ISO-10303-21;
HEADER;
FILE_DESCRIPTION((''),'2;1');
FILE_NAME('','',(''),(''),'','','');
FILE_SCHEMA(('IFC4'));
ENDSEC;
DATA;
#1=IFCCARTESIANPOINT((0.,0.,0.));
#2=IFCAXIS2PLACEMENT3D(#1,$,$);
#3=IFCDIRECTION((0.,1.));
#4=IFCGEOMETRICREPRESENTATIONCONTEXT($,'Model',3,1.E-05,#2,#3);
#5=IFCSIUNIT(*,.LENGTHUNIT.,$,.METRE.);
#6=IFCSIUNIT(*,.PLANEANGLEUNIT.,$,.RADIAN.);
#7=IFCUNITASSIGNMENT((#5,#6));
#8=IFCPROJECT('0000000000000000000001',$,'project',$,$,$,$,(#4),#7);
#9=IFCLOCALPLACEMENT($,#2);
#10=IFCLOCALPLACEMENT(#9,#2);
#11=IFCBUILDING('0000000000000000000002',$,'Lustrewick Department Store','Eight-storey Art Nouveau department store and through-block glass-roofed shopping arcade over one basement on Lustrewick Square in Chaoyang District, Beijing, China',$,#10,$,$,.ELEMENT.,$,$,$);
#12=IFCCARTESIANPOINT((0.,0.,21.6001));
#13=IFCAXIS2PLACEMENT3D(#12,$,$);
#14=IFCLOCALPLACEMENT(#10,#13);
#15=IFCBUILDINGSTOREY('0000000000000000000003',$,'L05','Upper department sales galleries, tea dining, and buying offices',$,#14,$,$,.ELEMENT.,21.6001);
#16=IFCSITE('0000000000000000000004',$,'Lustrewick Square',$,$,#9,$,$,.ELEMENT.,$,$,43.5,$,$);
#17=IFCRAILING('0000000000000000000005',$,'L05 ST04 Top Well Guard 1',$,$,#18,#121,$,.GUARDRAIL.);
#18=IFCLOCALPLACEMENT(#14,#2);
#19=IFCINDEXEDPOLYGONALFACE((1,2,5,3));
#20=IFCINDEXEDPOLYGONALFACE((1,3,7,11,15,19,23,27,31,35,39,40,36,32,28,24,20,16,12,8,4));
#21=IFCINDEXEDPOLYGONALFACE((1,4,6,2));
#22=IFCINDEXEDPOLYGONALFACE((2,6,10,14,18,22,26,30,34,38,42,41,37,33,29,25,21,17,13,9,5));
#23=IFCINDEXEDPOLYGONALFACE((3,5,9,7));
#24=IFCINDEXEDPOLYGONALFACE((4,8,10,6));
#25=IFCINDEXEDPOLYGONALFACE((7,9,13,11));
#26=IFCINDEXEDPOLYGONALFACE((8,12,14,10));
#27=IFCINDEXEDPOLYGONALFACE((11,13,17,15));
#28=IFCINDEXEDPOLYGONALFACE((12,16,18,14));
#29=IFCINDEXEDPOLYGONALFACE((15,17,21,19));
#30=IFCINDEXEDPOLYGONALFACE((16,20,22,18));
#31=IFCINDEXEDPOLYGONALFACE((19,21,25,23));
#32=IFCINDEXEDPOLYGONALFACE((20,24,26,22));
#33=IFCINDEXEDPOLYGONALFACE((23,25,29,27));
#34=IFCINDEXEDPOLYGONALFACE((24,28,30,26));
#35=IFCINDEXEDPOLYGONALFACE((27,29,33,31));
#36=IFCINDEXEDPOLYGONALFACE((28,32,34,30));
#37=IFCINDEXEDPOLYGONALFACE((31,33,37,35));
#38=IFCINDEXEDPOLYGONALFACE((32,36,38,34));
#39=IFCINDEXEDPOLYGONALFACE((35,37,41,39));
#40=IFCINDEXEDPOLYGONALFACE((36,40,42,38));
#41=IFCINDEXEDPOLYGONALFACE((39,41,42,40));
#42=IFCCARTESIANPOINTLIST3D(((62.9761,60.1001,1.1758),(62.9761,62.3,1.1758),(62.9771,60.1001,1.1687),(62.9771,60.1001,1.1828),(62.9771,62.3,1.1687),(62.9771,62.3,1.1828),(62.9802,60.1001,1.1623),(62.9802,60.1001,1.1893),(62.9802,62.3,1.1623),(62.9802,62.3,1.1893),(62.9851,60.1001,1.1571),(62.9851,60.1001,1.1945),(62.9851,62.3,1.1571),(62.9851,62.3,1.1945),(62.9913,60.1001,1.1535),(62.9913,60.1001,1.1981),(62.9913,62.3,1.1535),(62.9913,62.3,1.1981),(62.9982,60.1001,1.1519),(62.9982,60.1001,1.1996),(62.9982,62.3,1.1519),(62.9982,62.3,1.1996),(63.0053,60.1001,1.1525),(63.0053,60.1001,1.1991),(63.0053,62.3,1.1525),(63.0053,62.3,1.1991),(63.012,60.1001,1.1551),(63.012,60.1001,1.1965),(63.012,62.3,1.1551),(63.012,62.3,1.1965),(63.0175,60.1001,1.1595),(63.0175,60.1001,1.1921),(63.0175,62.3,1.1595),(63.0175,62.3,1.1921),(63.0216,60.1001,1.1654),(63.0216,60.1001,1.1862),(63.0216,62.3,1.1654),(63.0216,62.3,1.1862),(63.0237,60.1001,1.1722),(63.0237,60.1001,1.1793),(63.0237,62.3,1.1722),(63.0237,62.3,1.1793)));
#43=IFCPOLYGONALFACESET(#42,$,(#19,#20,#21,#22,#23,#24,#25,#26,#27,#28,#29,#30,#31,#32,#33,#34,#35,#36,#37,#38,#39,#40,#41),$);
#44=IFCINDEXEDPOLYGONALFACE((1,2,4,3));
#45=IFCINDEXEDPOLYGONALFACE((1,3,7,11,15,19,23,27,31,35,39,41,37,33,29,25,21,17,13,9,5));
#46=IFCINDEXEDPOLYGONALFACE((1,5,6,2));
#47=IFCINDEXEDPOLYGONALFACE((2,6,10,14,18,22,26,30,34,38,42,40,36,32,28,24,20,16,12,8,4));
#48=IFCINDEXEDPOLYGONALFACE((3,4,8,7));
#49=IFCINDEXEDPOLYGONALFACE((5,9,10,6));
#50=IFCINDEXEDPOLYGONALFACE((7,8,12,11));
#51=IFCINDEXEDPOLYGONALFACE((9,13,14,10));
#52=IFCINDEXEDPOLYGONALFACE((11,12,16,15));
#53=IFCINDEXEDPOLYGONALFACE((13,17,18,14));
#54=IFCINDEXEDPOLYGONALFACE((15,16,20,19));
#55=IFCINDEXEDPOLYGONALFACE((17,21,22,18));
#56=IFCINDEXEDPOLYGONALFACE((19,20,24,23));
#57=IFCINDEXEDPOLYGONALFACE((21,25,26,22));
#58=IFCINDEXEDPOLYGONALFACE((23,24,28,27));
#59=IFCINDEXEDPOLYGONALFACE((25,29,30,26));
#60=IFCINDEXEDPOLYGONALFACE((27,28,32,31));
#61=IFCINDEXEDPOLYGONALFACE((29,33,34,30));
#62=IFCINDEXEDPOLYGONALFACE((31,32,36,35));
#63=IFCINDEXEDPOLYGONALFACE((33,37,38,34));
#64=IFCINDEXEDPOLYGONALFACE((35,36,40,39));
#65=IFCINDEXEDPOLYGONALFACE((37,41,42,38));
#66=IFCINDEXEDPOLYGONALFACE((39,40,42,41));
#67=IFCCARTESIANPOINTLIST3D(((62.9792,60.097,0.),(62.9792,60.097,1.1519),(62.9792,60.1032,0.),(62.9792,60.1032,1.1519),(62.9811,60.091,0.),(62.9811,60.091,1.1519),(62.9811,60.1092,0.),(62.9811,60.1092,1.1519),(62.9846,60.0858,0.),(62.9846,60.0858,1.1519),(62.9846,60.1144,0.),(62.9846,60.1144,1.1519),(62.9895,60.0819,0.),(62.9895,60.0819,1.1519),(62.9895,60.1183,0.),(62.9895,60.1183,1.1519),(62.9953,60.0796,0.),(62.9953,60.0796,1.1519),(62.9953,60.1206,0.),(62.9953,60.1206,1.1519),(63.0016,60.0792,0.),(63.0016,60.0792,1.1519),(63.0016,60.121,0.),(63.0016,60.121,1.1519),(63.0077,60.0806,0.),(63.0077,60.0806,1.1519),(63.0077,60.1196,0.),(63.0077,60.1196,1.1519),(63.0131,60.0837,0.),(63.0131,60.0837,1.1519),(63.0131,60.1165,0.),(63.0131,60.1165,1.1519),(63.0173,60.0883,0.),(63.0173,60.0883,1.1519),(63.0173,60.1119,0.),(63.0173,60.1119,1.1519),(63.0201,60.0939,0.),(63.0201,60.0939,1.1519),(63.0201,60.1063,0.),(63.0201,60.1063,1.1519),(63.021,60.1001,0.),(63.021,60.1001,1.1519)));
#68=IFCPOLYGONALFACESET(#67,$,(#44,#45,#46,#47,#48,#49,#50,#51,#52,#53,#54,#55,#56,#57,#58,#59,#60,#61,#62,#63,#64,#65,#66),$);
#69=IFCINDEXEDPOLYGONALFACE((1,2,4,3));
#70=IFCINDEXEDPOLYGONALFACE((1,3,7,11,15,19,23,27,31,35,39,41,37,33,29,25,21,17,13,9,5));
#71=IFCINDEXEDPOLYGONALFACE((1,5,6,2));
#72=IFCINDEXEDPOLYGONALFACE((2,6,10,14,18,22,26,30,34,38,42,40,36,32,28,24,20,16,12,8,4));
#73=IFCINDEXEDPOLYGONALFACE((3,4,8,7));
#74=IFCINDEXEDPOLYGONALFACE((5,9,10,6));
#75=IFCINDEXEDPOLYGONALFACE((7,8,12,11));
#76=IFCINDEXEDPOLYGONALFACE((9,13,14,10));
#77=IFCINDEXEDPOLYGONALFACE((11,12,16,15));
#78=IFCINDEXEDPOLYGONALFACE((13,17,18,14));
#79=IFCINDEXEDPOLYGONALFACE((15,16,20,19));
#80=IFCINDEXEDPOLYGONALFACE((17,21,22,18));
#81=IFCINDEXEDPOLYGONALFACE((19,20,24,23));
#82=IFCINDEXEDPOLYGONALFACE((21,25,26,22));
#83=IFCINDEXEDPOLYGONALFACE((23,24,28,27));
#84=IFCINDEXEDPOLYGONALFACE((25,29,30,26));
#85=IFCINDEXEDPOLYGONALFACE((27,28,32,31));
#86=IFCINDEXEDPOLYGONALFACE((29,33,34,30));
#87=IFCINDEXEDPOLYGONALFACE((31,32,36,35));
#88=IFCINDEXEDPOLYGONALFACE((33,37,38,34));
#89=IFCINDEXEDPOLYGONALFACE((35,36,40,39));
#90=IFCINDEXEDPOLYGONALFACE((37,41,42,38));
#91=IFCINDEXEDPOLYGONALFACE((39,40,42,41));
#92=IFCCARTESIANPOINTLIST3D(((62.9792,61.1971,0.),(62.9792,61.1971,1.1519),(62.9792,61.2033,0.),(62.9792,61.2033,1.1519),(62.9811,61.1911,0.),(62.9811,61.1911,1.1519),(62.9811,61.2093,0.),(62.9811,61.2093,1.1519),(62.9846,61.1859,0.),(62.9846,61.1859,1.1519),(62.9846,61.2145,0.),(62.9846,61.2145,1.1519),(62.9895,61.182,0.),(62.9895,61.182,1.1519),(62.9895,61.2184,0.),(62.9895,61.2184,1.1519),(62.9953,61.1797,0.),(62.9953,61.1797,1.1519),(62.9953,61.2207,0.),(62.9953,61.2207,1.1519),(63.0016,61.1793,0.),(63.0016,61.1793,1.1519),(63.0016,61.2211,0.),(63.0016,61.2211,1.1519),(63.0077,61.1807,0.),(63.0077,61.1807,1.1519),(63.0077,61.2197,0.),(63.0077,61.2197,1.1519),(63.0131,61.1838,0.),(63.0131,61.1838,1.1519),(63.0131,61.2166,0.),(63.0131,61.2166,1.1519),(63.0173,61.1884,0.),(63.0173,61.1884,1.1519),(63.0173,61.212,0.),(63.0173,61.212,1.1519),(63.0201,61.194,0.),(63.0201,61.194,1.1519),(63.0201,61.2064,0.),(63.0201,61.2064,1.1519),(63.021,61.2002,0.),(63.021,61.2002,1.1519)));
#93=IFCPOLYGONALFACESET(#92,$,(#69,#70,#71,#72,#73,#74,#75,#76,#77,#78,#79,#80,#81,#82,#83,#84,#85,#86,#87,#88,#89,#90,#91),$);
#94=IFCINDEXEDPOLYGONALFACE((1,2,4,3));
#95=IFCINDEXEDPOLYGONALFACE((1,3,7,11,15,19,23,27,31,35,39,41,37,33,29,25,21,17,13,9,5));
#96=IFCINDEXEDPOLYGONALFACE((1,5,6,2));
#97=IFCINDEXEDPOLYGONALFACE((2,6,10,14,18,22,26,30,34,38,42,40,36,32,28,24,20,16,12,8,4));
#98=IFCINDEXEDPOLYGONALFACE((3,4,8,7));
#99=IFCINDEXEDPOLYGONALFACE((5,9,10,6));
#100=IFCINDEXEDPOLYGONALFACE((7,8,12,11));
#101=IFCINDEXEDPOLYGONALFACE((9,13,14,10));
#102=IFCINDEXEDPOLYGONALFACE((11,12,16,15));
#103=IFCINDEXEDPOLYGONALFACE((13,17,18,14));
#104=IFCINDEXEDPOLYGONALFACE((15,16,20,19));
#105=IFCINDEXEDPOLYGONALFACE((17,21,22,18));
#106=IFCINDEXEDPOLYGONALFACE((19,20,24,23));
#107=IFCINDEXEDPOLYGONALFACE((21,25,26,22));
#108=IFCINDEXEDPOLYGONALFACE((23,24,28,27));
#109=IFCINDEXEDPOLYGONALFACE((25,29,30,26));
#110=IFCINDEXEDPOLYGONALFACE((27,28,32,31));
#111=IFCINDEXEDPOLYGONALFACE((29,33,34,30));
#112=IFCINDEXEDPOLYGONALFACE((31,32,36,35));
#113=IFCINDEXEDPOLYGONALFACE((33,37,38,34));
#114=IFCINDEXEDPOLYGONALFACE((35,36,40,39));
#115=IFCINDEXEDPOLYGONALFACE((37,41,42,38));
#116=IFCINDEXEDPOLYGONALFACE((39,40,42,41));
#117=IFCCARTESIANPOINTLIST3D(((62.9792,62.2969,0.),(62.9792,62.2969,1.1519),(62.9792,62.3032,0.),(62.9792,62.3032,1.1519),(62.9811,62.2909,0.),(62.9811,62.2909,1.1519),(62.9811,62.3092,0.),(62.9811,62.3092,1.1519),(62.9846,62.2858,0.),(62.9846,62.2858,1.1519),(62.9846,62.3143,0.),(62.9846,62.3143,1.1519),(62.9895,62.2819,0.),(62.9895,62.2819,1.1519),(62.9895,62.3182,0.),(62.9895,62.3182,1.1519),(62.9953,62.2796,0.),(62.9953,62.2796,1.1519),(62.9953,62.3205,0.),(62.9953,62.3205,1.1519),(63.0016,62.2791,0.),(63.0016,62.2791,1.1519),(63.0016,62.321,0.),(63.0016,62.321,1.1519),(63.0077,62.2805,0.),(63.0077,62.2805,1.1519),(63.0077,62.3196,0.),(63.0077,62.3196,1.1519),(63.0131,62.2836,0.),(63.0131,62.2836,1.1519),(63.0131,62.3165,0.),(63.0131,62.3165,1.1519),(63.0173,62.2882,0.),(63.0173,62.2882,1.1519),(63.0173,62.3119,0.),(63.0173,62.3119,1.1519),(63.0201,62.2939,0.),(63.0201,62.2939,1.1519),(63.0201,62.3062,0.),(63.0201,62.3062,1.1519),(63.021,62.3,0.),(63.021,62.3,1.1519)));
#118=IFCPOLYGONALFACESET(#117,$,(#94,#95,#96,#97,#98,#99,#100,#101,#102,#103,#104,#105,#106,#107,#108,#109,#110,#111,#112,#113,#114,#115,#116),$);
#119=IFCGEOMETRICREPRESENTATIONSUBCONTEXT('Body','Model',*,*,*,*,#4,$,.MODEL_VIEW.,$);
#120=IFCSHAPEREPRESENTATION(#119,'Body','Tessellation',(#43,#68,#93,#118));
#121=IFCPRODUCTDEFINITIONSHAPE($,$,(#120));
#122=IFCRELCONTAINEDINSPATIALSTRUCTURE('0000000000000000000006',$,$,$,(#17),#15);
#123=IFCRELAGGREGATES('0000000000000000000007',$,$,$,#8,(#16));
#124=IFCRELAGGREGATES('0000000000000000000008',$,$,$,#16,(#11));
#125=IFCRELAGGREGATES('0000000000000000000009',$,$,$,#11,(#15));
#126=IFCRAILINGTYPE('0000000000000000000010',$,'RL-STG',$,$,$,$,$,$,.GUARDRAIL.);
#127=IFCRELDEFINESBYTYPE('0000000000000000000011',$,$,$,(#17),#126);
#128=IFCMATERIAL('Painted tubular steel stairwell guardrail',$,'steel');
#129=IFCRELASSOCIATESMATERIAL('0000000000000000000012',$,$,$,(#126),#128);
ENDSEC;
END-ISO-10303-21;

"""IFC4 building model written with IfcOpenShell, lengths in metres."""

from ifc_helpers import new_model, si_unit, direction, frame, origin, origin_2d, place, context, subcontext, project, spatial, circle, extrude, material, type_object, element, save


model = new_model("IFC4")

# Units and contexts
model_context = context("Model", 3, precision=1e-05, world=origin(), true_north=direction((0.0, 1.0)))
body_context = subcontext(model_context, "Body", "Model", "MODEL_VIEW")
ifc_project = project(units=[si_unit("LENGTHUNIT", "METRE"), si_unit("PLANEANGLEUNIT", "RADIAN")], contexts=[model_context])

# Site, building, storey
site_placement = place(None, origin())
site = spatial("IfcSite", under=ifc_project, at=site_placement, Name="Lustrewick Square", CompositionType="ELEMENT", RefElevation=43.5)
building_placement = place(site_placement, origin())
building = spatial("IfcBuilding", under=site, at=building_placement, Name="Lustrewick Department Store", Description="Eight-storey Art Nouveau department store and through-block glass-roofed shopping arcade over one basement on Lustrewick Square in Chaoyang District, Beijing, China", CompositionType="ELEMENT")
storey_placement = place(building_placement, frame((0.0, 0.0, 21.6001)))
storey = spatial("IfcBuildingStorey", under=building, at=storey_placement, Name="L05", Description="Upper department sales galleries, tea dining, and buying offices", CompositionType="ELEMENT", Elevation=21.6001)

# Railing
ifc_material_1 = material(Name="Painted tubular steel stairwell guardrail", Category="steel")
railing_type_1 = type_object("IfcRailingType", Name="RL-STG", PredefinedType="GUARDRAIL", material=ifc_material_1)
railing_1_placement = place(storey_placement, frame((63.0, 60.1001, 0.0)))
element("IfcRailing", 1, at=railing_1_placement, inside=storey, type_object=railing_type_1, Name="L05 ST04 Top Well Guard 1", PredefinedType="GUARDRAIL", context=body_context, shape_type="SweptSolid", body=[
    extrude(circle(Radius=0.0239, at=origin_2d()), frame((0.0, 0.0, 1.1758), z_axis=(0.0, 1.0, 0.0), x_axis=(-1.0, 0.0, 0.0)), (0.0, 0.0, 1.0), 2.2),
    extrude(circle(Radius=0.021, at=origin_2d()), origin(), (0.0, 0.0, 1.0), 1.1519),
    extrude(circle(Radius=0.021, at=origin_2d()), frame((0.0, 1.1001, 0.0)), (0.0, 0.0, 1.0), 1.1519),
    extrude(circle(Radius=0.021, at=origin_2d()), frame((0.0, 2.2, 0.0)), (0.0, 0.0, 1.0), 1.1519),
])

save(model, "model.ifc")
